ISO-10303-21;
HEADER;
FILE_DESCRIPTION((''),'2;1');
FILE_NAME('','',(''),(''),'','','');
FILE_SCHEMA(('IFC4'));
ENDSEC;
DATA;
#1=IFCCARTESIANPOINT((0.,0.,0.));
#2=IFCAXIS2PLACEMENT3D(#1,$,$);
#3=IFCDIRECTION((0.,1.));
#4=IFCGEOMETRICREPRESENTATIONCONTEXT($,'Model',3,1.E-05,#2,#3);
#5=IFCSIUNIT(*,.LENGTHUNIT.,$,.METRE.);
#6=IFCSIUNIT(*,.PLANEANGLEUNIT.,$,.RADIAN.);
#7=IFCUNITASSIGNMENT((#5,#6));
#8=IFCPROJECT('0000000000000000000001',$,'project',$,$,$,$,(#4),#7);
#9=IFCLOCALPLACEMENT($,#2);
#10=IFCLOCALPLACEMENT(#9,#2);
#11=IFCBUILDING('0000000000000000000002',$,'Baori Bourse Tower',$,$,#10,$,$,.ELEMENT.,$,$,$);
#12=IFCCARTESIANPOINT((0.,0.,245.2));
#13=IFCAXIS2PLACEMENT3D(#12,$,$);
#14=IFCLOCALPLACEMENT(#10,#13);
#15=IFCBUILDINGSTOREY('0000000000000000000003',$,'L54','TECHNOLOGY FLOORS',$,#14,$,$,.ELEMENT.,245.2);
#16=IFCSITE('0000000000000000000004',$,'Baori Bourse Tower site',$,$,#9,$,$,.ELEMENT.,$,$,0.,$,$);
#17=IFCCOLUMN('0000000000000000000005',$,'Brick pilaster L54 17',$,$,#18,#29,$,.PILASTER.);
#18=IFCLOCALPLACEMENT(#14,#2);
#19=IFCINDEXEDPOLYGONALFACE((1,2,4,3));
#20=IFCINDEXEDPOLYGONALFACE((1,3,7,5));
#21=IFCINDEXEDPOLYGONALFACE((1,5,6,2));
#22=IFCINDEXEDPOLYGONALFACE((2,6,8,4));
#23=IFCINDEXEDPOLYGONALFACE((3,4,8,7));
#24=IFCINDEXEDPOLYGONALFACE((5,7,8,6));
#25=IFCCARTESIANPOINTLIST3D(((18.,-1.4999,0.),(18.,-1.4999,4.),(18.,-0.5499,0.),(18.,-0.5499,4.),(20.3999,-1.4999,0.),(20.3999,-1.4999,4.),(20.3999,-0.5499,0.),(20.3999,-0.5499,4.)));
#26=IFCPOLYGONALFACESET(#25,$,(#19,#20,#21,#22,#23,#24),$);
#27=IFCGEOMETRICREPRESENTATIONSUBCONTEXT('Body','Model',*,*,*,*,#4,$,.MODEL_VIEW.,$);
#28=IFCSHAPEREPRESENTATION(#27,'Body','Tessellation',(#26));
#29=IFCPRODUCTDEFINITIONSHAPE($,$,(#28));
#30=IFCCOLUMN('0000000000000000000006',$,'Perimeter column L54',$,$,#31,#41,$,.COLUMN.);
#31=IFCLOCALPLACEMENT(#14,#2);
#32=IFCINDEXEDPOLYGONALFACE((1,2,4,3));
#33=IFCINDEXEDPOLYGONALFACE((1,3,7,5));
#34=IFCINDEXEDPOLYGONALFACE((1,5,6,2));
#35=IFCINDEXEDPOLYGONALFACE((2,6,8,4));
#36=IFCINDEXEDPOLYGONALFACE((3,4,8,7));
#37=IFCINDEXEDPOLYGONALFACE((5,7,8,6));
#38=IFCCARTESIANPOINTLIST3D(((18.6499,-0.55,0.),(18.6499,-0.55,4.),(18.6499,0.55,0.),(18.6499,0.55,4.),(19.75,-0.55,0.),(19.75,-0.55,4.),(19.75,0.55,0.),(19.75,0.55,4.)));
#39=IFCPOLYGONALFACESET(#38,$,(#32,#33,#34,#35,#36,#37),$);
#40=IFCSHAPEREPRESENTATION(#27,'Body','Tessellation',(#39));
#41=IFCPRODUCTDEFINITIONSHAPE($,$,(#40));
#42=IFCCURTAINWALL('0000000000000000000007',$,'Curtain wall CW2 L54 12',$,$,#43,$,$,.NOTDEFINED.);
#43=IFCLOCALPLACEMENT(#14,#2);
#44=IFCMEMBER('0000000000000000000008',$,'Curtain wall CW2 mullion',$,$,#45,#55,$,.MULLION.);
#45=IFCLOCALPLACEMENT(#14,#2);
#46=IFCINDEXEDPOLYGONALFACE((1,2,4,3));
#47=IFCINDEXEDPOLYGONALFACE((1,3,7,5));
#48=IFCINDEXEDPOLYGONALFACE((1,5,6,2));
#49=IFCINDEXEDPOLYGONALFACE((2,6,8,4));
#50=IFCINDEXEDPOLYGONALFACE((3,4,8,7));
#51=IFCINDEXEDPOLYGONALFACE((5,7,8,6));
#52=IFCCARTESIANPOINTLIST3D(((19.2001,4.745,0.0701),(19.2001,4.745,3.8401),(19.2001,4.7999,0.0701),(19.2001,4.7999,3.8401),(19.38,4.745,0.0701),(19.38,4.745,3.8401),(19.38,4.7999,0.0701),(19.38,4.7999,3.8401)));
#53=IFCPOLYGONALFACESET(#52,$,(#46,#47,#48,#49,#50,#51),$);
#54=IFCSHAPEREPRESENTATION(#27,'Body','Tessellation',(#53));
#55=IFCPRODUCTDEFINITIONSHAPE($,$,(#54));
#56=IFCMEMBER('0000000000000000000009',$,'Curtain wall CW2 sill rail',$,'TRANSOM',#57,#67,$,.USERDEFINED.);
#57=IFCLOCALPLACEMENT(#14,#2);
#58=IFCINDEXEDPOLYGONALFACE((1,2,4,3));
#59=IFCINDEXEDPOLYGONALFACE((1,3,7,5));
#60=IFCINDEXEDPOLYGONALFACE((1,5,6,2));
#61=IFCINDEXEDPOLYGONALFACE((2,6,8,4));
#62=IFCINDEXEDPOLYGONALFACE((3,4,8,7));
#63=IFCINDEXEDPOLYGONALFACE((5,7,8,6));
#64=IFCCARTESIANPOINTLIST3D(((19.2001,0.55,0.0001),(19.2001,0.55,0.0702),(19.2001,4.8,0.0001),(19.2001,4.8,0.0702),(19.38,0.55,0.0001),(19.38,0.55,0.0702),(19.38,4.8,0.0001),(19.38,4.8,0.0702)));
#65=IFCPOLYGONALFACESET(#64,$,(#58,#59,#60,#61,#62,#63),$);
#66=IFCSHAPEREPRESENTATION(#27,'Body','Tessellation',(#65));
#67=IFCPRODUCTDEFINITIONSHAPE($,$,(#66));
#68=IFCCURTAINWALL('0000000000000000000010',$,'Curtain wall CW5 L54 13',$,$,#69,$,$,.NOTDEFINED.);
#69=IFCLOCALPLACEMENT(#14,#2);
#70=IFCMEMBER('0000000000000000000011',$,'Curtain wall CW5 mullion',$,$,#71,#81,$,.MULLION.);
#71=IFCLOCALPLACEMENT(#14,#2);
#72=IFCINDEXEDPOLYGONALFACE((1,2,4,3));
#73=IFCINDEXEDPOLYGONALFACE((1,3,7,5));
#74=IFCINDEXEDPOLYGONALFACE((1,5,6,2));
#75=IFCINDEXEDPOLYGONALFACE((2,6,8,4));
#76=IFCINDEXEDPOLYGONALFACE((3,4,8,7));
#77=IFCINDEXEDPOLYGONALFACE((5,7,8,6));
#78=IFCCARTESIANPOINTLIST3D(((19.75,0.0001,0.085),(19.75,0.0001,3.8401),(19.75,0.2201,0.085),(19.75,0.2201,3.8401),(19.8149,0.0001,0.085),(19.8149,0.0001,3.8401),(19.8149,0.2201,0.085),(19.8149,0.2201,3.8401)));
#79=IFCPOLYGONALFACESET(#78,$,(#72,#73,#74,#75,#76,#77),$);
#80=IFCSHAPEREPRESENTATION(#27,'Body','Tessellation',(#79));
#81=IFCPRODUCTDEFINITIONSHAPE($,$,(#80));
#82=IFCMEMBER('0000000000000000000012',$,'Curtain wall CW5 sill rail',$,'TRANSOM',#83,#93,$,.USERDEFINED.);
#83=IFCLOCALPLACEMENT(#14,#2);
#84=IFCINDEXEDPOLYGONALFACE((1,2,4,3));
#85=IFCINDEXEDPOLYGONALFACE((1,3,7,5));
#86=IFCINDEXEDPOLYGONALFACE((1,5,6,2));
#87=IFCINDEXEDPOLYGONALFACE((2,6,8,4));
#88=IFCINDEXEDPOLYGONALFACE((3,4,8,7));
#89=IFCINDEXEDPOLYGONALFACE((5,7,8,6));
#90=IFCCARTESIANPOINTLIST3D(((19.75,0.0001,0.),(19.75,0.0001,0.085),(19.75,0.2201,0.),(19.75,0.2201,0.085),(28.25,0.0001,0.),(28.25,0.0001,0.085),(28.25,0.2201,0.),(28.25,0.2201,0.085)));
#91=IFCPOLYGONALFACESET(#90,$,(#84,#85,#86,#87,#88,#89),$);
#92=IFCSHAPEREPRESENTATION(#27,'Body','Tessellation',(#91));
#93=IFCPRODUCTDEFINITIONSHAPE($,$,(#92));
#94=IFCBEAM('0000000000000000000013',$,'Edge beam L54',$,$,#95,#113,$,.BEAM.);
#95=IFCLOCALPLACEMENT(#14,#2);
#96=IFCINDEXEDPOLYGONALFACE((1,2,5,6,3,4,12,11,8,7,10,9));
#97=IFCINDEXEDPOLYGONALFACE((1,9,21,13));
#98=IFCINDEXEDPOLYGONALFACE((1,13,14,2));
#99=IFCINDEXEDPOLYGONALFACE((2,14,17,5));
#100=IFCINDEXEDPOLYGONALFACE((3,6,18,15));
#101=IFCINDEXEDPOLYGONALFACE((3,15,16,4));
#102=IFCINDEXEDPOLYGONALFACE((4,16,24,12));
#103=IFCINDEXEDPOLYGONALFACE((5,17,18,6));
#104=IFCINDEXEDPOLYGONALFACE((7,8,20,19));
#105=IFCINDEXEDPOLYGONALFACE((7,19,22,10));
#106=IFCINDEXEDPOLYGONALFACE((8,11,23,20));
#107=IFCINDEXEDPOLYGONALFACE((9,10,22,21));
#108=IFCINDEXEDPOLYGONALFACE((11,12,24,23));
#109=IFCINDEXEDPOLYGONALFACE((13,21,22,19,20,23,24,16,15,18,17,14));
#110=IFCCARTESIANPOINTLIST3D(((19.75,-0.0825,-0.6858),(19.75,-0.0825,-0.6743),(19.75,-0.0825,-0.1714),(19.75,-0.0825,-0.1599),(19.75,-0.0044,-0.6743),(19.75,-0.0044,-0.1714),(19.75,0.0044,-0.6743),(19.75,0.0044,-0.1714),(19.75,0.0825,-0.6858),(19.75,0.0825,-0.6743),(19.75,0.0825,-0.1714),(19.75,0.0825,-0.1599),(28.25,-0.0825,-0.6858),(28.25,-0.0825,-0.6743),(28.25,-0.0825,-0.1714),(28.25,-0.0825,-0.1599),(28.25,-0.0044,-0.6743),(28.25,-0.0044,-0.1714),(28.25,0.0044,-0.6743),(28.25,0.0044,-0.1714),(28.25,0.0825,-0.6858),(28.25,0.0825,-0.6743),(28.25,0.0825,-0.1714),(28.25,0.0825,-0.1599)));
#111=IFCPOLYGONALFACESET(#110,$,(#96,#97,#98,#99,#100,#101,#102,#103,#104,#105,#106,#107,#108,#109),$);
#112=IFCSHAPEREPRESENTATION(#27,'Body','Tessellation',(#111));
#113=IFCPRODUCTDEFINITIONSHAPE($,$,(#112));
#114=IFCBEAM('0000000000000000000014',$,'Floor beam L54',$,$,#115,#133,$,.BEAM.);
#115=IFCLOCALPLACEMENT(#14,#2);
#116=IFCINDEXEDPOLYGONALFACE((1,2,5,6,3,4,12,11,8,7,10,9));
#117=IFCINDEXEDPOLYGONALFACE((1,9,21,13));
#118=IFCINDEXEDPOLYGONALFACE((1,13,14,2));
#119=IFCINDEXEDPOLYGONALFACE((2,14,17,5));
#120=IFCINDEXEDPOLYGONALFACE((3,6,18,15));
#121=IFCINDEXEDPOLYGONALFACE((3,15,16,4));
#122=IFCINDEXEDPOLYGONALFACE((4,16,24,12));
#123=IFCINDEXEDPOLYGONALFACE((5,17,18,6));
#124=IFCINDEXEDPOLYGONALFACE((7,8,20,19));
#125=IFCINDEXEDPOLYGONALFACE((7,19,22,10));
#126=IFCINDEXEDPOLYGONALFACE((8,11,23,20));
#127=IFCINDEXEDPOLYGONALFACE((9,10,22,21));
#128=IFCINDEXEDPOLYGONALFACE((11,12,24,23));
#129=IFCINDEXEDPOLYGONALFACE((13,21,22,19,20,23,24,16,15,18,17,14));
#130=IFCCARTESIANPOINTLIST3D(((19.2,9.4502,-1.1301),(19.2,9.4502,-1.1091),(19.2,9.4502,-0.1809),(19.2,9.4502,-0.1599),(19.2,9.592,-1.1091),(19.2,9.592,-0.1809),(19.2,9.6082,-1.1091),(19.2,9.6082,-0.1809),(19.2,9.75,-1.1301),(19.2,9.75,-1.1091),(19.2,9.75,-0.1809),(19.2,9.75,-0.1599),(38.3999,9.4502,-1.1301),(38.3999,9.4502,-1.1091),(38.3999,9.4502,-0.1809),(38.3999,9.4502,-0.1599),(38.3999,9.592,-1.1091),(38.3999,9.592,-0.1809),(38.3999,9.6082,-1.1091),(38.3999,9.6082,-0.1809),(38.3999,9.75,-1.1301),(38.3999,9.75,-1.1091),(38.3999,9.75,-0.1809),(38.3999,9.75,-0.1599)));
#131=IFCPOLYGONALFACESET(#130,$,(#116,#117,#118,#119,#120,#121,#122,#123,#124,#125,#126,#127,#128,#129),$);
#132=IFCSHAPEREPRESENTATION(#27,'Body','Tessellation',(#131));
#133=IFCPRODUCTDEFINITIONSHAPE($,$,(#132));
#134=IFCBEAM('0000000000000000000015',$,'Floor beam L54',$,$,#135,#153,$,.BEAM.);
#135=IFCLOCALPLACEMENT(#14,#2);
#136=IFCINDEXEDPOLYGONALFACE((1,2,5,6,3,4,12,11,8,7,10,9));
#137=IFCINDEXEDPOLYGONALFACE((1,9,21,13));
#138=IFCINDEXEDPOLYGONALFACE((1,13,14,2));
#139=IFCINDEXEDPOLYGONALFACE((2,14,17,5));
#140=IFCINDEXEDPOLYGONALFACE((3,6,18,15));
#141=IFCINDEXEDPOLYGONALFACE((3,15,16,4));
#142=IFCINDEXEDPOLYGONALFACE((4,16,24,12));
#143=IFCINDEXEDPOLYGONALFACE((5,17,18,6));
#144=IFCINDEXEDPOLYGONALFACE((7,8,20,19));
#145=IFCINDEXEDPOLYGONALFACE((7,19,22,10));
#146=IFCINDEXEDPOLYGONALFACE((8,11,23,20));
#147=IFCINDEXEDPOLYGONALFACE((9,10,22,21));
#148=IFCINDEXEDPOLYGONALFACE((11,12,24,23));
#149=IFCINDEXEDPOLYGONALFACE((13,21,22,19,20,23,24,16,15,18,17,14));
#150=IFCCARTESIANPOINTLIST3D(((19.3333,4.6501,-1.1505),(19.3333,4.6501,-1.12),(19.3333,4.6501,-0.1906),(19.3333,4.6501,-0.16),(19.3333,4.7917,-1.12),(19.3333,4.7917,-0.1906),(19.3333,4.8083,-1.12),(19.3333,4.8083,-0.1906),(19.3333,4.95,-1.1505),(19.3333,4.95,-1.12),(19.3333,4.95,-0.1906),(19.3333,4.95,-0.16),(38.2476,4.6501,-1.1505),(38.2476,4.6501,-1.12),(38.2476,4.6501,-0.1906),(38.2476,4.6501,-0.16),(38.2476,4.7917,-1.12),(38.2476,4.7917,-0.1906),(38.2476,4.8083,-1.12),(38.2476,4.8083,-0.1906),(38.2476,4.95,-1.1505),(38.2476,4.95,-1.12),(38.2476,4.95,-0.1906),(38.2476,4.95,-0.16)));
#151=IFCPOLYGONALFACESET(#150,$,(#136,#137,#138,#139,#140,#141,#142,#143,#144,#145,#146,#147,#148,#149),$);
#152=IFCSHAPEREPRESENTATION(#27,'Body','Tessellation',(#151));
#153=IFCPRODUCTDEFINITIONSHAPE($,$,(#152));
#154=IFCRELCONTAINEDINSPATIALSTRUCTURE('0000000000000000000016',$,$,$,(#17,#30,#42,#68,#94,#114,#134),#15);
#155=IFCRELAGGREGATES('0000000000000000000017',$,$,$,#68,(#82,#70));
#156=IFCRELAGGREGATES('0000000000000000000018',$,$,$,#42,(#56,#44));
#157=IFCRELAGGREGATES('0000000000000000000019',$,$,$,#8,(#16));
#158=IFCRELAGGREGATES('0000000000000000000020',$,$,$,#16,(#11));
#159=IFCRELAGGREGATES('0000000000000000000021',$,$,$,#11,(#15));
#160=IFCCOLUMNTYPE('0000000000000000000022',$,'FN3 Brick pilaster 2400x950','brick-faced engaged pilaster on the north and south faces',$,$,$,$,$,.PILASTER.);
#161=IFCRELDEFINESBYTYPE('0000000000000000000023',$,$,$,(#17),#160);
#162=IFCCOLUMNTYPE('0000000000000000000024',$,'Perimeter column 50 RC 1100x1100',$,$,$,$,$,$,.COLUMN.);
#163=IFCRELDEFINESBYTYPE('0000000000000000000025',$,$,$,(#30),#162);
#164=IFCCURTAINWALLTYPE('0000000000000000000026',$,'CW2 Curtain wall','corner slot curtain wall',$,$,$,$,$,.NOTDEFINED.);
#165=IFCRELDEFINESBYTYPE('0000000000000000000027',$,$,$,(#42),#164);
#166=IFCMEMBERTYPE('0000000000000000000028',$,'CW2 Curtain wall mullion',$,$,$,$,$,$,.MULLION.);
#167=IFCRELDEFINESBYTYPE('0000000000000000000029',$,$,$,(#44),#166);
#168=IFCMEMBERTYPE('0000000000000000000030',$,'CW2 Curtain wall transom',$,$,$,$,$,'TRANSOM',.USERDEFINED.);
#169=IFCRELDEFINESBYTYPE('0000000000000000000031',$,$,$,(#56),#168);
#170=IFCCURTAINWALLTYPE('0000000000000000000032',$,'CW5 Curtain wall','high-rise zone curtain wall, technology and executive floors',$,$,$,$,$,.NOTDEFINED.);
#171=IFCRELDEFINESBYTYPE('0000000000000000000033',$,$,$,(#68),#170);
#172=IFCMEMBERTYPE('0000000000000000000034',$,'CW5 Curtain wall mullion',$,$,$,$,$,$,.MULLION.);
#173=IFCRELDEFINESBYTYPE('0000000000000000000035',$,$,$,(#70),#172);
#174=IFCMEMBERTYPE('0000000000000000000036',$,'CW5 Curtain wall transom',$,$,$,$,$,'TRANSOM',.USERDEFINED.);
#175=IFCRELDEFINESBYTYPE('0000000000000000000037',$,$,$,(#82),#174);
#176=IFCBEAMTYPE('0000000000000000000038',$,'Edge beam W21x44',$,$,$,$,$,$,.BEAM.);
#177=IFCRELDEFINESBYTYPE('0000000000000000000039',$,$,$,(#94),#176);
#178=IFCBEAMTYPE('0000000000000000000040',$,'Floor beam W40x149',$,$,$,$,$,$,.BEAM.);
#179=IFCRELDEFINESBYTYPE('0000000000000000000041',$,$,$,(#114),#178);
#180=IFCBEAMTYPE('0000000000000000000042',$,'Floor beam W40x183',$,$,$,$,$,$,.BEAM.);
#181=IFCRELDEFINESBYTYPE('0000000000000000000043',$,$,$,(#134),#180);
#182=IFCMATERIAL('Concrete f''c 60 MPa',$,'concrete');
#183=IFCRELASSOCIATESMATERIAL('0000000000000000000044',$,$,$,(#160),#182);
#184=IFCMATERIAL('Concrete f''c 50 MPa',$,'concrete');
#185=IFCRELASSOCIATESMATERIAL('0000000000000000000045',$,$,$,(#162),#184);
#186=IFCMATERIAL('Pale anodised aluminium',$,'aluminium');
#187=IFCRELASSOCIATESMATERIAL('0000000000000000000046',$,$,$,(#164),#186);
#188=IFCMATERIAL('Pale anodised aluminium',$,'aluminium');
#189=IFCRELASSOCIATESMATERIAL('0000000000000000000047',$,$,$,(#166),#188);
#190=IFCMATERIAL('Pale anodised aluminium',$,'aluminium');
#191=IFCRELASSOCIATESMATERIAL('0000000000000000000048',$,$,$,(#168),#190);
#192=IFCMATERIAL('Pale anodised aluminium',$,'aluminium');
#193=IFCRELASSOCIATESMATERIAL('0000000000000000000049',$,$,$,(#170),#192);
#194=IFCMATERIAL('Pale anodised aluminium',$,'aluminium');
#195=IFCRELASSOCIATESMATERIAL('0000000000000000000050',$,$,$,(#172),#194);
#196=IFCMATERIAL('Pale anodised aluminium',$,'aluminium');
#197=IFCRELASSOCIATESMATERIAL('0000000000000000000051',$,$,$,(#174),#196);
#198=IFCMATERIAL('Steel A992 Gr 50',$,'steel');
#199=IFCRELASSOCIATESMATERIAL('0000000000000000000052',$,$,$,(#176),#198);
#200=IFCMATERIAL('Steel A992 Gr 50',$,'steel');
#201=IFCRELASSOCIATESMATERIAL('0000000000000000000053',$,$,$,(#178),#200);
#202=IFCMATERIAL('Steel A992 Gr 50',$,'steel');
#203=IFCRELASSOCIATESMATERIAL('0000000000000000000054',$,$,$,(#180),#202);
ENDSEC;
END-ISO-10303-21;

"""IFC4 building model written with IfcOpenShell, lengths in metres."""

from ifc_helpers import new_model, si_unit, direction, frame, origin, origin_2d, place, context, subcontext, project, spatial, rectangle, i_section, extrude, material, material_profile, profile_set, type_object, element, aggregate, save


model = new_model("IFC4")

# Units and contexts
model_context = context("Model", 3, precision=1e-05, world=origin(), true_north=direction((0.0, 1.0)))
body_context = subcontext(model_context, "Body", "Model", "MODEL_VIEW")
ifc_project = project(units=[si_unit("LENGTHUNIT", "METRE"), si_unit("PLANEANGLEUNIT", "RADIAN")], contexts=[model_context])

# Site, building, storey
site_placement = place(None, origin())
site = spatial("IfcSite", under=ifc_project, at=site_placement, Name="Baori Bourse Tower site", CompositionType="ELEMENT", RefElevation=0.0)
building_placement = place(site_placement, origin())
building = spatial("IfcBuilding", under=site, at=building_placement, Name="Baori Bourse Tower", CompositionType="ELEMENT")
storey_placement = place(building_placement, frame((0.0, 0.0, 245.2)))
storey = spatial("IfcBuildingStorey", under=building, at=storey_placement, Name="L54", Description="TECHNOLOGY FLOORS", CompositionType="ELEMENT", Elevation=245.2)

# Columns
ifc_material_1 = material(Name="Concrete f'c 60 MPa", Category="concrete")
ifc_material_profile_1 = material_profile(ifc_material_1, rectangle(XDim=2.3999, YDim=0.95, at=origin_2d()), Name="RC 2400x950")
ifc_profile_set_1 = profile_set([ifc_material_profile_1], Name="Concrete f'c 60 MPa")
column_type_1 = type_object("IfcColumnType", Name="FN3 Brick pilaster 2400x950", Description="brick-faced engaged pilaster on the north and south faces", PredefinedType="PILASTER", material=ifc_profile_set_1)
column_1_placement = place(storey_placement, frame((19.2, -1.0249, 0.0), z_axis=(0.0, 0.0, 1.0), x_axis=(1.0, 0.0, 0.0)))
element("IfcColumn", 1, at=column_1_placement, inside=storey, type_object=column_type_1, Name="Brick pilaster L54 17", PredefinedType="PILASTER", context=body_context, shape_type="SweptSolid", body=[
    extrude(rectangle(XDim=2.3999, YDim=0.95, at=origin_2d()), origin(), (0.0, 0.0, 1.0), 4.0),
])
ifc_material_2 = material(Name="Concrete f'c 50 MPa", Category="concrete")
ifc_material_profile_2 = material_profile(ifc_material_2, rectangle(XDim=1.1001, YDim=1.1001, at=origin_2d()), Name="RC 1100x1100")
ifc_profile_set_2 = profile_set([ifc_material_profile_2], Name="Concrete f'c 50 MPa")
column_type_2 = type_object("IfcColumnType", Name="Perimeter column 50 RC 1100x1100", PredefinedType="COLUMN", material=ifc_profile_set_2)
column_2_placement = place(storey_placement, frame((19.2, 0.0, 0.0), z_axis=(0.0, 0.0, 1.0), x_axis=(1.0, 0.0, 0.0)))
element("IfcColumn", 2, at=column_2_placement, inside=storey, type_object=column_type_2, Name="Perimeter column L54", PredefinedType="COLUMN", context=body_context, shape_type="SweptSolid", body=[
    extrude(rectangle(XDim=1.1001, YDim=1.1001, at=origin_2d()), origin(), (0.0, 0.0, 1.0), 4.0),
])

# Curtain walls, members
ifc_material_3 = material(Name="Pale anodised aluminium", Category="aluminium")
curtain_wall_type_1 = type_object("IfcCurtainWallType", Name="CW2 Curtain wall", Description="corner slot curtain wall", PredefinedType="NOTDEFINED", material=ifc_material_3)
curtain_wall_1_placement = place(storey_placement, origin())
curtain_wall_1 = element("IfcCurtainWall", 3, at=curtain_wall_1_placement, inside=storey, type_object=curtain_wall_type_1, Name="Curtain wall CW2 L54 12", PredefinedType="NOTDEFINED")
ifc_material_4 = material(Name="Pale anodised aluminium", Category="aluminium")
ifc_material_profile_3 = material_profile(ifc_material_4, rectangle(XDim=0.1799, YDim=0.0549, at=origin_2d()), Name="Mullion 55x180")
ifc_profile_set_3 = profile_set([ifc_material_profile_3], Name="Pale anodised aluminium")
member_type_1 = type_object("IfcMemberType", Name="CW2 Curtain wall mullion", PredefinedType="MULLION", material=ifc_profile_set_3)
member_1_placement = place(storey_placement, frame((19.29, 4.7725, 0.0701), z_axis=(0.0, 0.0, 1.0), x_axis=(1.0, 0.0, 0.0)))
member_1 = element("IfcMember", 4, at=member_1_placement, type_object=member_type_1, Name="Curtain wall CW2 mullion", PredefinedType="MULLION", context=body_context, shape_type="SweptSolid", body=[
    extrude(rectangle(XDim=0.1799, YDim=0.0549, at=origin_2d()), origin(), (0.0, 0.0, 1.0), 3.77),
])
ifc_material_5 = material(Name="Pale anodised aluminium", Category="aluminium")
ifc_material_profile_4 = material_profile(ifc_material_5, rectangle(XDim=0.1799, YDim=0.0701, at=origin_2d()), Name="Transom 70x180")
ifc_profile_set_4 = profile_set([ifc_material_profile_4], Name="Pale anodised aluminium")
member_type_2 = type_object("IfcMemberType", Name="CW2 Curtain wall transom", ElementType="TRANSOM", PredefinedType="USERDEFINED", material=ifc_profile_set_4)
member_2_placement = place(storey_placement, frame((19.29, 4.8, 0.0352), z_axis=(0.0, -1.0, 0.0), x_axis=(1.0, 0.0, 0.0)))
member_2 = element("IfcMember", 5, at=member_2_placement, type_object=member_type_2, Name="Curtain wall CW2 sill rail", ObjectType="TRANSOM", PredefinedType="USERDEFINED", context=body_context, shape_type="SweptSolid", body=[
    extrude(rectangle(XDim=0.1799, YDim=0.0701, at=origin_2d()), origin(), (0.0, 0.0, 1.0), 4.25),
])
ifc_material_6 = material(Name="Pale anodised aluminium", Category="aluminium")
curtain_wall_type_2 = type_object("IfcCurtainWallType", Name="CW5 Curtain wall", Description="high-rise zone curtain wall, technology and executive floors", PredefinedType="NOTDEFINED", material=ifc_material_6)
curtain_wall_2_placement = place(storey_placement, origin())
curtain_wall_2 = element("IfcCurtainWall", 6, at=curtain_wall_2_placement, inside=storey, type_object=curtain_wall_type_2, Name="Curtain wall CW5 L54 13", PredefinedType="NOTDEFINED")
ifc_material_7 = material(Name="Pale anodised aluminium", Category="aluminium")
ifc_material_profile_5 = material_profile(ifc_material_7, rectangle(XDim=0.22, YDim=0.0649, at=origin_2d()), Name="Mullion 65x220")
ifc_profile_set_5 = profile_set([ifc_material_profile_5], Name="Pale anodised aluminium")
member_type_3 = type_object("IfcMemberType", Name="CW5 Curtain wall mullion", PredefinedType="MULLION", material=ifc_profile_set_5)
member_3_placement = place(storey_placement, frame((19.7825, 0.1101, 0.085), z_axis=(0.0, 0.0, 1.0), x_axis=(0.0, 1.0, 0.0)))
member_3 = element("IfcMember", 7, at=member_3_placement, type_object=member_type_3, Name="Curtain wall CW5 mullion", PredefinedType="MULLION", context=body_context, shape_type="SweptSolid", body=[
    extrude(rectangle(XDim=0.22, YDim=0.0649, at=origin_2d()), origin(), (0.0, 0.0, 1.0), 3.7551),
])
ifc_material_8 = material(Name="Pale anodised aluminium", Category="aluminium")
ifc_material_profile_6 = material_profile(ifc_material_8, rectangle(XDim=0.22, YDim=0.085, at=origin_2d()), Name="Transom 85x220")
ifc_profile_set_6 = profile_set([ifc_material_profile_6], Name="Pale anodised aluminium")
member_type_4 = type_object("IfcMemberType", Name="CW5 Curtain wall transom", ElementType="TRANSOM", PredefinedType="USERDEFINED", material=ifc_profile_set_6)
member_4_placement = place(storey_placement, frame((19.75, 0.1101, 0.0425), z_axis=(1.0, 0.0, 0.0), x_axis=(0.0, 1.0, 0.0)))
member_4 = element("IfcMember", 8, at=member_4_placement, type_object=member_type_4, Name="Curtain wall CW5 sill rail", ObjectType="TRANSOM", PredefinedType="USERDEFINED", context=body_context, shape_type="SweptSolid", body=[
    extrude(rectangle(XDim=0.22, YDim=0.085, at=origin_2d()), origin(), (0.0, 0.0, 1.0), 8.5),
])
aggregate(curtain_wall_2, [member_4, member_3])

# Beams
ifc_material_9 = material(Name="Steel A992 Gr 50", Category="steel")
ifc_material_profile_7 = material_profile(ifc_material_9, i_section(OverallWidth=0.165, OverallDepth=0.5259, WebThickness=0.0088, FlangeThickness=0.0115, at=origin_2d()), Name="W21x44")
ifc_profile_set_7 = profile_set([ifc_material_profile_7], Name="Steel A992 Gr 50")
beam_type_1 = type_object("IfcBeamType", Name="Edge beam W21x44", PredefinedType="BEAM", material=ifc_profile_set_7)
beam_1_placement = place(storey_placement, frame((19.75, 0.0, -0.4229), z_axis=(1.0, 0.0, 0.0), x_axis=(0.0, 1.0, 0.0)))
element("IfcBeam", 9, at=beam_1_placement, inside=storey, type_object=beam_type_1, Name="Edge beam L54", PredefinedType="BEAM", context=body_context, shape_type="SweptSolid", body=[
    extrude(i_section(OverallWidth=0.165, OverallDepth=0.5259, WebThickness=0.0088, FlangeThickness=0.0115, at=origin_2d()), origin(), (0.0, 0.0, 1.0), 8.5),
])
ifc_material_10 = material(Name="Steel A992 Gr 50", Category="steel")
ifc_material_profile_8 = material_profile(ifc_material_10, i_section(OverallWidth=0.2998, OverallDepth=0.9702, WebThickness=0.0161, FlangeThickness=0.021, at=origin_2d()), Name="W40x149")
ifc_profile_set_8 = profile_set([ifc_material_profile_8], Name="Steel A992 Gr 50")
beam_type_2 = type_object("IfcBeamType", Name="Floor beam W40x149", PredefinedType="BEAM", material=ifc_profile_set_8)
beam_2_placement = place(storey_placement, frame((19.2, 9.6001, -0.645), z_axis=(1.0, 0.0, 0.0), x_axis=(0.0, 1.0, 0.0)))
element("IfcBeam", 10, at=beam_2_placement, inside=storey, type_object=beam_type_2, Name="Floor beam L54", PredefinedType="BEAM", context=body_context, shape_type="SweptSolid", body=[
    extrude(i_section(OverallWidth=0.2998, OverallDepth=0.9702, WebThickness=0.0161, FlangeThickness=0.021, at=origin_2d()), origin(), (0.0, 0.0, 1.0), 19.2),
])
ifc_material_11 = material(Name="Steel A992 Gr 50", Category="steel")
ifc_material_profile_9 = material_profile(ifc_material_11, i_section(OverallWidth=0.2998, OverallDepth=0.9905, WebThickness=0.0166, FlangeThickness=0.0305, at=origin_2d()), Name="W40x183")
ifc_profile_set_9 = profile_set([ifc_material_profile_9], Name="Steel A992 Gr 50")
beam_type_3 = type_object("IfcBeamType", Name="Floor beam W40x183", PredefinedType="BEAM", material=ifc_profile_set_9)
beam_3_placement = place(storey_placement, frame((19.3333, 4.8, -0.6553), z_axis=(1.0, 0.0, 0.0), x_axis=(0.0, 1.0, 0.0)))
element("IfcBeam", 11, at=beam_3_placement, inside=storey, type_object=beam_type_3, Name="Floor beam L54", PredefinedType="BEAM", context=body_context, shape_type="SweptSolid", body=[
    extrude(i_section(OverallWidth=0.2998, OverallDepth=0.9905, WebThickness=0.0166, FlangeThickness=0.0305, at=origin_2d()), origin(), (0.0, 0.0, 1.0), 18.9143),
])

aggregate(curtain_wall_1, [member_2, member_1])

save(model, "model.ifc")
